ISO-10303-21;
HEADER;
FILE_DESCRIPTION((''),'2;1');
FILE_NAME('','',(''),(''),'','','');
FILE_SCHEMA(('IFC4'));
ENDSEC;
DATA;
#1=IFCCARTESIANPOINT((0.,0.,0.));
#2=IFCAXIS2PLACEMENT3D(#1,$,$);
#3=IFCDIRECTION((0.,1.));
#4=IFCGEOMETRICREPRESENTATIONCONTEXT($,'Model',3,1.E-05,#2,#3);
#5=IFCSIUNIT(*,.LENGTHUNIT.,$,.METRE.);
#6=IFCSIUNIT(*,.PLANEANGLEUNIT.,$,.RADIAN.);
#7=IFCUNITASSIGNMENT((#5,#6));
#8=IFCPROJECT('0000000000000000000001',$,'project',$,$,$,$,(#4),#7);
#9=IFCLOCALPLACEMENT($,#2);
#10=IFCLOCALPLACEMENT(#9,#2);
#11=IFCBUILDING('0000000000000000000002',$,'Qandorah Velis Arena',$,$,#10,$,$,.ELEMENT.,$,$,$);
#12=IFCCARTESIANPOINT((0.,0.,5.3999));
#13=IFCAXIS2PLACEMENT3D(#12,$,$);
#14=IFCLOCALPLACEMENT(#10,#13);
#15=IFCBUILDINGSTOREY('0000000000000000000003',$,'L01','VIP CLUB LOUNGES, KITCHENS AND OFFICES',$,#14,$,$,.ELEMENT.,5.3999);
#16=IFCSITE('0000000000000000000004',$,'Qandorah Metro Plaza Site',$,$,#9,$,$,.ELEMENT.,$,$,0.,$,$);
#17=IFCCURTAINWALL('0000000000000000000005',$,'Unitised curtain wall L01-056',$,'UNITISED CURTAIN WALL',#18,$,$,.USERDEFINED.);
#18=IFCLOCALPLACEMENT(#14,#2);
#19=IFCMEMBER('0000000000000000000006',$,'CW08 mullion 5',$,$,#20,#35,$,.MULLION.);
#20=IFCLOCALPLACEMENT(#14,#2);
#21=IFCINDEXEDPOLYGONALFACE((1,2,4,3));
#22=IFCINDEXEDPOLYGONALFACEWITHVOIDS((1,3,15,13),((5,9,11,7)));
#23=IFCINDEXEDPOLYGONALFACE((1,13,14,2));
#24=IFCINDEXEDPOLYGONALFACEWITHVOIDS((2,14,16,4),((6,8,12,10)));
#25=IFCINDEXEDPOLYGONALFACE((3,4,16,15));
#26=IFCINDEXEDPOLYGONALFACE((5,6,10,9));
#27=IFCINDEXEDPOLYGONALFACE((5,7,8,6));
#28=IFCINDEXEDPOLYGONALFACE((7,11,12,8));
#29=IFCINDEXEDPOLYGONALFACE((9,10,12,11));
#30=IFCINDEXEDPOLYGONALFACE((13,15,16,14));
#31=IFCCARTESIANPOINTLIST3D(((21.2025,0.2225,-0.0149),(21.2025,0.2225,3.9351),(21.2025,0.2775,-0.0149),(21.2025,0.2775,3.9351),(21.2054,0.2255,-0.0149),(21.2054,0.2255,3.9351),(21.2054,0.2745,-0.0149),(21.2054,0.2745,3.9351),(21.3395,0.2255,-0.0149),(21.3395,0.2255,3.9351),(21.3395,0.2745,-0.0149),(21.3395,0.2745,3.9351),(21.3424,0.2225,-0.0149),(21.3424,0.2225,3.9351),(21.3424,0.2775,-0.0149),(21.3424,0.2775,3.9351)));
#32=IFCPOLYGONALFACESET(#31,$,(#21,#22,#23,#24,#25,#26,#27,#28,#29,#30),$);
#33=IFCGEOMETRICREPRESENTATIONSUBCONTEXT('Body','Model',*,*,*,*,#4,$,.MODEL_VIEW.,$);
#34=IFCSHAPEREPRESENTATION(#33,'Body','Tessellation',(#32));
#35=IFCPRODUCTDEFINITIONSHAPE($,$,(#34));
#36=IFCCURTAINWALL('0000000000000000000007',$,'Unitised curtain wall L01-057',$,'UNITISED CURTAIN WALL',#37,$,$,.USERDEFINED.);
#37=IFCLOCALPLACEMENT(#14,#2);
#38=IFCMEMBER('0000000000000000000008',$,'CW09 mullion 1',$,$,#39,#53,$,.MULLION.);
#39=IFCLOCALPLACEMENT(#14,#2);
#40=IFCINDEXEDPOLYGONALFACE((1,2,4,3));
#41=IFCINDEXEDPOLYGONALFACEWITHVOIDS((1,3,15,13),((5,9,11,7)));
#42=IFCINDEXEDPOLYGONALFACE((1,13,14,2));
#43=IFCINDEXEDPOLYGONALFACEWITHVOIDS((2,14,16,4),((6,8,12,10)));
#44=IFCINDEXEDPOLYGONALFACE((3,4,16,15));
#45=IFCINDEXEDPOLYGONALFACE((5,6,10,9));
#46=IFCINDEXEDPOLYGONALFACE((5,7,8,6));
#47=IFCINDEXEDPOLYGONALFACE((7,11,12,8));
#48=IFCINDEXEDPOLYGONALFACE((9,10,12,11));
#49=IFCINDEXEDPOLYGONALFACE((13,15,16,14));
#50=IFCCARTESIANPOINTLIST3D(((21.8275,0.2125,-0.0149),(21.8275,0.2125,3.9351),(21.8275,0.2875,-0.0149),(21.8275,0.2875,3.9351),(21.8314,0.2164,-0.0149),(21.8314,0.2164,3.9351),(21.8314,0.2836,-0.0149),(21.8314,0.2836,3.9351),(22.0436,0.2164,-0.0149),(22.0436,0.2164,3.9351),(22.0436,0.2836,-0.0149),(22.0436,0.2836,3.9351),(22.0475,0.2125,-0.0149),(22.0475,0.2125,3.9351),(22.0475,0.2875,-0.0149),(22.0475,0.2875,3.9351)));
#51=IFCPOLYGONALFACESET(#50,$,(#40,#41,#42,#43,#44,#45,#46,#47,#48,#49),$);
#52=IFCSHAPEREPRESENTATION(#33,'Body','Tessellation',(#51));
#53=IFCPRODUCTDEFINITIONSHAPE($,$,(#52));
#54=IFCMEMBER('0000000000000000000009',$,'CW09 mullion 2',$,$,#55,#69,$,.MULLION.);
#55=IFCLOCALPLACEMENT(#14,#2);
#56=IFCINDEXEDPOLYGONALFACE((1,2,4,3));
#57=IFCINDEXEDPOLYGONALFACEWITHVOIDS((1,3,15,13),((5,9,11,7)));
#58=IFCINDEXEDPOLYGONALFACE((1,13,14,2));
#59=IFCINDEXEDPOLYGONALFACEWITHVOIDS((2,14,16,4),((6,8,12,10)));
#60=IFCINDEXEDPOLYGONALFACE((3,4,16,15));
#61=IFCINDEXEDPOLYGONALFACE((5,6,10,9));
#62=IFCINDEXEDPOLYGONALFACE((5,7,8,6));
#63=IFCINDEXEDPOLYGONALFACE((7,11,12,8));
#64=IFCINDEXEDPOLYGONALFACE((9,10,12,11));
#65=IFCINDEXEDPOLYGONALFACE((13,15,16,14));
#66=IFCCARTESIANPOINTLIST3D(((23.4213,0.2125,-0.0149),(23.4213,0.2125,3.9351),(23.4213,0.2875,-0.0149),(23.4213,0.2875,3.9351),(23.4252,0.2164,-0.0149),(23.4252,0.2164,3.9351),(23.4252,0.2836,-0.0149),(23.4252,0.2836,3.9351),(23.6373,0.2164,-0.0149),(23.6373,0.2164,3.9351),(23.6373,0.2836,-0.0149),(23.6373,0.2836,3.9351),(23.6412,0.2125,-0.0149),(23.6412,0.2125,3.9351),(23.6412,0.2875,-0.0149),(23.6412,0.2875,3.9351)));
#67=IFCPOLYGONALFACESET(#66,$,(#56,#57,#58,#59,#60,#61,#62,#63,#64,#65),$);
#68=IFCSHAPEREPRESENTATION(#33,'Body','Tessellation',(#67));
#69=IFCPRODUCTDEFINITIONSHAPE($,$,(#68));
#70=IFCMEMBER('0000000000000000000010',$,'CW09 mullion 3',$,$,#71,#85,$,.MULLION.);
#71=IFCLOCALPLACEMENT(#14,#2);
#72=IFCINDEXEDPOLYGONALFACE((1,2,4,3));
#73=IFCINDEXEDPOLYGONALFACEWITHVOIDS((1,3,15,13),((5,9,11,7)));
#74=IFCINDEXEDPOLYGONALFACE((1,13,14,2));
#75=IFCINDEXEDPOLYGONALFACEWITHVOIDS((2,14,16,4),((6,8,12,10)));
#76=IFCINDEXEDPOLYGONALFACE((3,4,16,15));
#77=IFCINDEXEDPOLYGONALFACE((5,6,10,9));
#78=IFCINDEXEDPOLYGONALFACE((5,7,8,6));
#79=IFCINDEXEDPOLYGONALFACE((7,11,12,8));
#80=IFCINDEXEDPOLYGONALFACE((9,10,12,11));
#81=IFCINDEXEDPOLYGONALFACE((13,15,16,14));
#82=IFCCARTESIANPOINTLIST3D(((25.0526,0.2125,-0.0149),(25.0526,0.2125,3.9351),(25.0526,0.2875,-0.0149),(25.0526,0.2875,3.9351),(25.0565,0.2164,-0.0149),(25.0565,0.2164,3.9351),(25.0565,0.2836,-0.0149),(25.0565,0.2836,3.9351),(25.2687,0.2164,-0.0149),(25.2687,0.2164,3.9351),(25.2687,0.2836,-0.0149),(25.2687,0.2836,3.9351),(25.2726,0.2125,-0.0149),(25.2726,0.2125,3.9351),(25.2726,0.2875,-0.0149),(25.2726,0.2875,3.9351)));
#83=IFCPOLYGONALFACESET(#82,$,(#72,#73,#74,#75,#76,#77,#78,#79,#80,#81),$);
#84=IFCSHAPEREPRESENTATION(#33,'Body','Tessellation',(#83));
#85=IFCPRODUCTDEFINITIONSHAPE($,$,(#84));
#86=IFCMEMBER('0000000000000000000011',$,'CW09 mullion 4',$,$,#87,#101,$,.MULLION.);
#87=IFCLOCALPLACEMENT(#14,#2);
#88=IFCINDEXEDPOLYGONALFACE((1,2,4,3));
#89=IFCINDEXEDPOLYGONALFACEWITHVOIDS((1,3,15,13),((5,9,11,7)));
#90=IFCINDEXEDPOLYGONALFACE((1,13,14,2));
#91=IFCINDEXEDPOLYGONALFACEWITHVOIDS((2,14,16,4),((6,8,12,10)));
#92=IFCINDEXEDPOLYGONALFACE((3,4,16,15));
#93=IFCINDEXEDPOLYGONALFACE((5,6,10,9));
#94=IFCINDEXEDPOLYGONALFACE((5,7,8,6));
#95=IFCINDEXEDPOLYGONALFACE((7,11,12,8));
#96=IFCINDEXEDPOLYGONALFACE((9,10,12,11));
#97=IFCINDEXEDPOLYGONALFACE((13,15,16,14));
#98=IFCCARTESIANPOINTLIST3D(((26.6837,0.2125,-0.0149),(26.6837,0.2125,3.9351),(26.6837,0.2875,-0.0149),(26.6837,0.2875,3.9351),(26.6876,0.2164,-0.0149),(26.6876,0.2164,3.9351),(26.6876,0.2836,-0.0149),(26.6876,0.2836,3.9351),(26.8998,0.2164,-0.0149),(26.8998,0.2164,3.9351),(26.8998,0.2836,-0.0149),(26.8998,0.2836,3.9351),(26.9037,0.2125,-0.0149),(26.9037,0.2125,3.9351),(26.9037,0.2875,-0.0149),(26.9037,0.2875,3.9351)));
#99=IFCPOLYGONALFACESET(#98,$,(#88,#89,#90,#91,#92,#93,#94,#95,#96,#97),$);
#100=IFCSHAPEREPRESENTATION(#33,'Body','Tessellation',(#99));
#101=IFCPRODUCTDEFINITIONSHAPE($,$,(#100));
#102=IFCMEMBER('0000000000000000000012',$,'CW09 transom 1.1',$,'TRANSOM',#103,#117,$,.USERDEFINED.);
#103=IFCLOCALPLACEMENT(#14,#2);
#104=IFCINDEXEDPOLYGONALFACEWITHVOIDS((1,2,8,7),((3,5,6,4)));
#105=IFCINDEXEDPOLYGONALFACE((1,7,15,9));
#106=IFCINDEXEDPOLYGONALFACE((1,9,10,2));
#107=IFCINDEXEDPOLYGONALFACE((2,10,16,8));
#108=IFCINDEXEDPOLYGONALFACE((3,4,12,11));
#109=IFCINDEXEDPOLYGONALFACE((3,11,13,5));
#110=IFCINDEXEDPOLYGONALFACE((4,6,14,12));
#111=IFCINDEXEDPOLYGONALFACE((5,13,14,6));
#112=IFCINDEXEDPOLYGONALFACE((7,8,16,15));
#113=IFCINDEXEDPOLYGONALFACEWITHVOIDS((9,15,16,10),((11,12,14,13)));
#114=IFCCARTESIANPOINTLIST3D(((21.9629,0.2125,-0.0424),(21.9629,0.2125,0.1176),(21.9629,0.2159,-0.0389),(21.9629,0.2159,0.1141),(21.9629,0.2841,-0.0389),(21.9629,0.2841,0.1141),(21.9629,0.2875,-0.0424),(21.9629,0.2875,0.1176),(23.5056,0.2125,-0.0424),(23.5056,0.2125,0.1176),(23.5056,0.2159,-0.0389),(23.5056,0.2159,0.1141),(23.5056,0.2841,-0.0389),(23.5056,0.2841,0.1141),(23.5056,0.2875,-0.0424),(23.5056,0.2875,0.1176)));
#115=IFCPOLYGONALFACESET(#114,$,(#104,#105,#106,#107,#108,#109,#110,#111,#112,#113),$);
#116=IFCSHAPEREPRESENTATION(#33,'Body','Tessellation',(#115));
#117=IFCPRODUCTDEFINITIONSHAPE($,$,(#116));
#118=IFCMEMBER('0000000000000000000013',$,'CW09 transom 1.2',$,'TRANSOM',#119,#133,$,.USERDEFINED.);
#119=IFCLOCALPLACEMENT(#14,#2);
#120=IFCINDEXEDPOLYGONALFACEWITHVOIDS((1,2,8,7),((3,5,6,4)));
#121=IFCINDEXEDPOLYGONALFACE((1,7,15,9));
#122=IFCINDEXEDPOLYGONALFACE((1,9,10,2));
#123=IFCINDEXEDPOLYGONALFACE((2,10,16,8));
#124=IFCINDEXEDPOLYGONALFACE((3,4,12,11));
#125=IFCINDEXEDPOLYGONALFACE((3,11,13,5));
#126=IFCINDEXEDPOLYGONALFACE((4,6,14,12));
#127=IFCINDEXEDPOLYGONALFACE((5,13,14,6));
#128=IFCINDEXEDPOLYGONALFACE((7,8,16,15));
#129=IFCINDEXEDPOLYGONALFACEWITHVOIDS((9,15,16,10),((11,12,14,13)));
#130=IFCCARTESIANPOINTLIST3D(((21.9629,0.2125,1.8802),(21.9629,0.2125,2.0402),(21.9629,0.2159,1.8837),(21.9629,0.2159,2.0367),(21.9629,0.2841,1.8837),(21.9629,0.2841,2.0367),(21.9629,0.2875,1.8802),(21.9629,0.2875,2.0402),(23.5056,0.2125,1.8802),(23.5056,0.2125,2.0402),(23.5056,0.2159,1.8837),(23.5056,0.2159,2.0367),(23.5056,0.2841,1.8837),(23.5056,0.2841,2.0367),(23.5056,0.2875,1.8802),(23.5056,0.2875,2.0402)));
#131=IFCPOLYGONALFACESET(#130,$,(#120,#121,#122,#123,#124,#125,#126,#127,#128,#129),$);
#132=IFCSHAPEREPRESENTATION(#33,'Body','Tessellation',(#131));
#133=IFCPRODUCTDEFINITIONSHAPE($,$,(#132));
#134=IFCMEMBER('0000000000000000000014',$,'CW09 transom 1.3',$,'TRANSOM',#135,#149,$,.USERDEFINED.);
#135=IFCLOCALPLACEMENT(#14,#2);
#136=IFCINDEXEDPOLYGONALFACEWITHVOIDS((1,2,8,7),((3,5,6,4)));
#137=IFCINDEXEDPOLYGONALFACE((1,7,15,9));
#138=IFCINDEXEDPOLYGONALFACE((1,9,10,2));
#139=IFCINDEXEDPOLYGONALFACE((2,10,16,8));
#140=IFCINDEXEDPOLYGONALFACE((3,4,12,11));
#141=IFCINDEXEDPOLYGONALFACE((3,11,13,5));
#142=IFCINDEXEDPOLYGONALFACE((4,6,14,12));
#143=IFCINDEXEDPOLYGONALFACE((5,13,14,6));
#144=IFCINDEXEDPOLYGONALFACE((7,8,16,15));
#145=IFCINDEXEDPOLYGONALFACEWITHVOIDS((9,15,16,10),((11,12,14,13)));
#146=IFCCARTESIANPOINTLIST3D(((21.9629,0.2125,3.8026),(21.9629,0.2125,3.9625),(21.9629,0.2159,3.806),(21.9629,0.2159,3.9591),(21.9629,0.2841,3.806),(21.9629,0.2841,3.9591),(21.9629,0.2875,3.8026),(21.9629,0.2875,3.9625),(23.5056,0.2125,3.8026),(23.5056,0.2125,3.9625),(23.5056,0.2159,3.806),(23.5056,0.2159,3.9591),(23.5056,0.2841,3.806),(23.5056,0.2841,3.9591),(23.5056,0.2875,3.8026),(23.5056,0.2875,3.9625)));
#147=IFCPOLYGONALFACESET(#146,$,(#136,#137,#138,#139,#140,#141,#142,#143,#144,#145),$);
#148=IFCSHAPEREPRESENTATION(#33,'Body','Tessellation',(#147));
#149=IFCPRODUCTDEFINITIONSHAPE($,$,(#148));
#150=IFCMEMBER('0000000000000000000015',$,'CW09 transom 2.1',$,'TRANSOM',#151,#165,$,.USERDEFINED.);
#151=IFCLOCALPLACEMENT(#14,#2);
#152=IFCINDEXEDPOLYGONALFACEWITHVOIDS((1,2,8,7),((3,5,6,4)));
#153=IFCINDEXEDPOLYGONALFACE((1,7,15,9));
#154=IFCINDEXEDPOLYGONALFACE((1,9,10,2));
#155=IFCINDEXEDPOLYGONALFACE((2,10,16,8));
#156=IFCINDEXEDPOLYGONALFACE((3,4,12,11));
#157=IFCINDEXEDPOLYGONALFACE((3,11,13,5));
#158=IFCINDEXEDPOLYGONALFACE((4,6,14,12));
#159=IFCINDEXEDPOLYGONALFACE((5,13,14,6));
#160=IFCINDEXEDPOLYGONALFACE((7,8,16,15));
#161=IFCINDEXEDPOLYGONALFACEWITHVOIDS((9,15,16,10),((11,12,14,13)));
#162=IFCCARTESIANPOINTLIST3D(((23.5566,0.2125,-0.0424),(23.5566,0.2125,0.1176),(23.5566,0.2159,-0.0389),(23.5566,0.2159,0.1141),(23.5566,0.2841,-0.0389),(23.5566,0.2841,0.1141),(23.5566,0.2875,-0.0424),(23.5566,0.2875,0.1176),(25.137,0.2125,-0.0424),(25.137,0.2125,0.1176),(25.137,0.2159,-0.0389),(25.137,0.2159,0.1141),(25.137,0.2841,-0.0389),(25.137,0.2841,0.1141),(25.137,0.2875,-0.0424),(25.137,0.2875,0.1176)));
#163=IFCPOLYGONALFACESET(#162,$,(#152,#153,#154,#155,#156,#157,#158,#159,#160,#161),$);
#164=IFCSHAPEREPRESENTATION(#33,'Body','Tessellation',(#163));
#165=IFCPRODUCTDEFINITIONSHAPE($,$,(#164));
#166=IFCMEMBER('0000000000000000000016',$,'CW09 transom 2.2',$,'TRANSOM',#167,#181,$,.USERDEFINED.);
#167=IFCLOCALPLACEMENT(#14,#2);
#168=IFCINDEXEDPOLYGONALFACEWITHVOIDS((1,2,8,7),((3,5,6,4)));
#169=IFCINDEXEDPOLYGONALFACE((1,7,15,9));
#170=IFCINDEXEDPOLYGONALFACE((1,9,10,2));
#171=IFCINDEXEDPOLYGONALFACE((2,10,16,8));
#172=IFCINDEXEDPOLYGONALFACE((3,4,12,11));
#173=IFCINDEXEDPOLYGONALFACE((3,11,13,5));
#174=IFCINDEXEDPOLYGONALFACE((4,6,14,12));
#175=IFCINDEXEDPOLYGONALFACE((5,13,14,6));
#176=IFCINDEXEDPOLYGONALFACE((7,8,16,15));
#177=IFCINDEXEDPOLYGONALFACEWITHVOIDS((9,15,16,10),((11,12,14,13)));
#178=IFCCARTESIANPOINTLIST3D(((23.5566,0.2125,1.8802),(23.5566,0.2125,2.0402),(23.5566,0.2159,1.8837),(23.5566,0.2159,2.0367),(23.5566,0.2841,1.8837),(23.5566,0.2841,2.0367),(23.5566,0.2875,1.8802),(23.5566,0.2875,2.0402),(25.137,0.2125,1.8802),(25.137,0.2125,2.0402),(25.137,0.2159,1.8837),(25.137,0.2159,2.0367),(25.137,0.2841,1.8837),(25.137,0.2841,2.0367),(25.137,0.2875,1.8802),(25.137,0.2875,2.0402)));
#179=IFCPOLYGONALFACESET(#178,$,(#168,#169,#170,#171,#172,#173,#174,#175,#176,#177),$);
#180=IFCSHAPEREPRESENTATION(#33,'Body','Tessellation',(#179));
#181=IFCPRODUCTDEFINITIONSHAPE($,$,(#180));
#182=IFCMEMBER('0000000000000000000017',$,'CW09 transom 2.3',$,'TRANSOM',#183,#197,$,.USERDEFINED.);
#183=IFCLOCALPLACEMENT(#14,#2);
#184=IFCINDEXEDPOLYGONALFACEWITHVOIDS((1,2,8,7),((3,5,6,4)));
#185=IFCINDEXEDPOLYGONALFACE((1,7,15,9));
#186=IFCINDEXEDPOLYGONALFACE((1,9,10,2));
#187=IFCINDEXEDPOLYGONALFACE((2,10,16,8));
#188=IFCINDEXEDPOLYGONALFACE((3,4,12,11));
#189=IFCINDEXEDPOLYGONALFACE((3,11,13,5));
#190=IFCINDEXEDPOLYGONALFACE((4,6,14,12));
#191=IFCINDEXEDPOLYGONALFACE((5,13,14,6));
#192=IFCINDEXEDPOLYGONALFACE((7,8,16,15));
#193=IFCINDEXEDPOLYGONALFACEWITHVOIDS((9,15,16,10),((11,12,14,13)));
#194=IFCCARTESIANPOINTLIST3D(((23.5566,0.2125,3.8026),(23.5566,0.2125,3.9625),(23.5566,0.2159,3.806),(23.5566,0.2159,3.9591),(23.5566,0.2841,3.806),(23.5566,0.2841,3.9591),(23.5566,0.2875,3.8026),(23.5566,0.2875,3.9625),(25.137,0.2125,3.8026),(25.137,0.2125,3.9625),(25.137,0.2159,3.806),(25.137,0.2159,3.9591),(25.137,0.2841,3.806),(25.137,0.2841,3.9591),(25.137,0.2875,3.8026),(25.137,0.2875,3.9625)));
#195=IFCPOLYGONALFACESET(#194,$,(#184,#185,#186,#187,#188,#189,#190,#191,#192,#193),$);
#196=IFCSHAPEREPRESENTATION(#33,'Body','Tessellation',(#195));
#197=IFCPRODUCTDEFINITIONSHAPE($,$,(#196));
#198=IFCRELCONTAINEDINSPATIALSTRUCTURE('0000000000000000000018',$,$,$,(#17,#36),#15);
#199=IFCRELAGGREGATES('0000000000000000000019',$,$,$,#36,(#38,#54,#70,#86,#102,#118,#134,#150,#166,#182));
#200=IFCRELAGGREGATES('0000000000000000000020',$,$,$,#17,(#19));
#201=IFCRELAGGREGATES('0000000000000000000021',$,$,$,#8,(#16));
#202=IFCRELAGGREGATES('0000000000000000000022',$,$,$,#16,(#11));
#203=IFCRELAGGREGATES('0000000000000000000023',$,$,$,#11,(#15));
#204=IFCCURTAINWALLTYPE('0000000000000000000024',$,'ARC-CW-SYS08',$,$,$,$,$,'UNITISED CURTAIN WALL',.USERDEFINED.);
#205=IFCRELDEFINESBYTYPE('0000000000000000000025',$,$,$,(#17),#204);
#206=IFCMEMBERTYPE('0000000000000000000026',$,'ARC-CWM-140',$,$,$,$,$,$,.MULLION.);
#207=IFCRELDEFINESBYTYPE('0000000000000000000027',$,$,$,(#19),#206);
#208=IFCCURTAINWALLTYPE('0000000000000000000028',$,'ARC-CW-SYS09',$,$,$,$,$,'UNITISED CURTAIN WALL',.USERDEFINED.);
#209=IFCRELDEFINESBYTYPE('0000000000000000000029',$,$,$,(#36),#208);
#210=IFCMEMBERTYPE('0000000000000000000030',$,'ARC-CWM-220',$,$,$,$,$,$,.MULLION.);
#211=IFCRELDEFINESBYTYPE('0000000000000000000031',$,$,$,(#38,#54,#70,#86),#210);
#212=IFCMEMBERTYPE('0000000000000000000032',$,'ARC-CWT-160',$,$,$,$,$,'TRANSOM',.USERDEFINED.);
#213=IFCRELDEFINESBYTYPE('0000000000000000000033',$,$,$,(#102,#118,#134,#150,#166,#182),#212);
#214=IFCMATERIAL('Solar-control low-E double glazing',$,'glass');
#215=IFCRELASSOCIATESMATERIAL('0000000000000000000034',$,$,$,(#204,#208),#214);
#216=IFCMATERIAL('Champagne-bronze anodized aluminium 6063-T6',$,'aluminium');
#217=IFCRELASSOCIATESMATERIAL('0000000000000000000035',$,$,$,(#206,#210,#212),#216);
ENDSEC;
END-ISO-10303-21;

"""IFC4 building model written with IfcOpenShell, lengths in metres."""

from ifc_helpers import new_model, si_unit, direction, frame, origin, origin_2d, place, context, subcontext, project, spatial, hollow_rectangle, extrude, material, material_profile, profile_set, type_object, element, aggregate, save


model = new_model("IFC4")

# Units and contexts
model_context = context("Model", 3, precision=1e-05, world=origin(), true_north=direction((0.0, 1.0)))
body_context = subcontext(model_context, "Body", "Model", "MODEL_VIEW")
ifc_project = project(units=[si_unit("LENGTHUNIT", "METRE"), si_unit("PLANEANGLEUNIT", "RADIAN")], contexts=[model_context])

# Site, building, storey
site_placement = place(None, origin())
site = spatial("IfcSite", under=ifc_project, at=site_placement, Name="Qandorah Metro Plaza Site", CompositionType="ELEMENT", RefElevation=0.0)
building_placement = place(site_placement, origin())
building = spatial("IfcBuilding", under=site, at=building_placement, Name="Qandorah Velis Arena", CompositionType="ELEMENT")
storey_placement = place(building_placement, frame((0.0, 0.0, 5.3999)))
storey = spatial("IfcBuildingStorey", under=building, at=storey_placement, Name="L01", Description="VIP CLUB LOUNGES, KITCHENS AND OFFICES", CompositionType="ELEMENT", Elevation=5.3999)

# Curtain wall, member
ifc_material_1 = material(Name="Solar-control low-E double glazing", Category="glass")
curtain_wall_type_1 = type_object("IfcCurtainWallType", Name="ARC-CW-SYS08", ElementType="UNITISED CURTAIN WALL", PredefinedType="USERDEFINED", material=ifc_material_1)
curtain_wall_1_placement = place(storey_placement, origin())
curtain_wall_1 = element("IfcCurtainWall", 1, at=curtain_wall_1_placement, inside=storey, type_object=curtain_wall_type_1, Name="Unitised curtain wall L01-056", ObjectType="UNITISED CURTAIN WALL", PredefinedType="USERDEFINED")
ifc_material_2 = material(Name="Champagne-bronze anodized aluminium 6063-T6", Category="aluminium")
ifc_material_profile_1 = material_profile(ifc_material_2, hollow_rectangle(XDim=0.0549, YDim=0.1399, WallThickness=0.0029, at=origin_2d()), Name="ALU MULLION 55x140")
ifc_profile_set_1 = profile_set([ifc_material_profile_1], Name="Champagne-bronze anodized aluminium 6063-T6")
member_type_1 = type_object("IfcMemberType", Name="ARC-CWM-140", PredefinedType="MULLION", material=ifc_profile_set_1)
member_1_placement = place(storey_placement, frame((21.2725, 0.25, -0.0149), z_axis=(0.0, 0.0, 1.0), x_axis=(0.0, 1.0, 0.0)))
member_1 = element("IfcMember", 2, at=member_1_placement, type_object=member_type_1, Name="CW08 mullion 5", PredefinedType="MULLION", context=body_context, shape_type="SweptSolid", body=[
    extrude(hollow_rectangle(XDim=0.0549, YDim=0.1399, WallThickness=0.0029, at=origin_2d()), origin(), (0.0, 0.0, 1.0), 3.95),
])

# Curtain wall, members
curtain_wall_type_2 = type_object("IfcCurtainWallType", Name="ARC-CW-SYS09", ElementType="UNITISED CURTAIN WALL", PredefinedType="USERDEFINED", material=ifc_material_1)
curtain_wall_2_placement = place(storey_placement, origin())
curtain_wall_2 = element("IfcCurtainWall", 3, at=curtain_wall_2_placement, inside=storey, type_object=curtain_wall_type_2, Name="Unitised curtain wall L01-057", ObjectType="UNITISED CURTAIN WALL", PredefinedType="USERDEFINED")
ifc_material_profile_2 = material_profile(ifc_material_2, hollow_rectangle(XDim=0.075, YDim=0.22, WallThickness=0.0039, at=origin_2d()), Name="ALU MULLION 75x220")
ifc_profile_set_2 = profile_set([ifc_material_profile_2], Name="Champagne-bronze anodized aluminium 6063-T6")
member_type_2 = type_object("IfcMemberType", Name="ARC-CWM-220", PredefinedType="MULLION", material=ifc_profile_set_2)
member_2_placement = place(storey_placement, frame((21.9375, 0.25, -0.0149), z_axis=(0.0, 0.0, 1.0), x_axis=(0.0, 1.0, 0.0)))
member_2 = element("IfcMember", 4, at=member_2_placement, type_object=member_type_2, Name="CW09 mullion 1", PredefinedType="MULLION", context=body_context, shape_type="SweptSolid", body=[
    extrude(hollow_rectangle(XDim=0.075, YDim=0.22, WallThickness=0.0039, at=origin_2d()), origin(), (0.0, 0.0, 1.0), 3.95),
])
member_3_placement = place(storey_placement, frame((23.5312, 0.25, -0.0149), z_axis=(0.0, 0.0, 1.0), x_axis=(0.0, 1.0, 0.0)))
member_3 = element("IfcMember", 5, at=member_3_placement, type_object=member_type_2, Name="CW09 mullion 2", PredefinedType="MULLION", context=body_context, shape_type="SweptSolid", body=[
    extrude(hollow_rectangle(XDim=0.075, YDim=0.22, WallThickness=0.0039, at=origin_2d()), origin(), (0.0, 0.0, 1.0), 3.95),
])
member_4_placement = place(storey_placement, frame((25.1626, 0.25, -0.0149), z_axis=(0.0, 0.0, 1.0), x_axis=(0.0, 1.0, 0.0)))
member_4 = element("IfcMember", 6, at=member_4_placement, type_object=member_type_2, Name="CW09 mullion 3", PredefinedType="MULLION", context=body_context, shape_type="SweptSolid", body=[
    extrude(hollow_rectangle(XDim=0.075, YDim=0.22, WallThickness=0.0039, at=origin_2d()), origin(), (0.0, 0.0, 1.0), 3.95),
])
member_5_placement = place(storey_placement, frame((26.7937, 0.25, -0.0149), z_axis=(0.0, 0.0, 1.0), x_axis=(0.0, 1.0, 0.0)))
member_5 = element("IfcMember", 7, at=member_5_placement, type_object=member_type_2, Name="CW09 mullion 4", PredefinedType="MULLION", context=body_context, shape_type="SweptSolid", body=[
    extrude(hollow_rectangle(XDim=0.075, YDim=0.22, WallThickness=0.0039, at=origin_2d()), origin(), (0.0, 0.0, 1.0), 3.95),
])
ifc_material_profile_3 = material_profile(ifc_material_2, hollow_rectangle(XDim=0.075, YDim=0.1599, WallThickness=0.0034, at=origin_2d()), Name="ALU TRANSOM 75x160")
ifc_profile_set_3 = profile_set([ifc_material_profile_3], Name="Champagne-bronze anodized aluminium 6063-T6")
member_type_3 = type_object("IfcMemberType", Name="ARC-CWT-160", ElementType="TRANSOM", PredefinedType="USERDEFINED", material=ifc_profile_set_3)
member_6_placement = place(storey_placement, frame((21.9629, 0.25, 0.0376), z_axis=(1.0, 0.0, 0.0), x_axis=(0.0, 1.0, 0.0)))
member_6 = element("IfcMember", 8, at=member_6_placement, type_object=member_type_3, Name="CW09 transom 1.1", ObjectType="TRANSOM", PredefinedType="USERDEFINED", context=body_context, shape_type="SweptSolid", body=[
    extrude(hollow_rectangle(XDim=0.075, YDim=0.1599, WallThickness=0.0034, at=origin_2d()), origin(), (0.0, 0.0, 1.0), 1.5427),
])
member_7_placement = place(storey_placement, frame((21.9629, 0.25, 1.9602), z_axis=(1.0, 0.0, 0.0), x_axis=(0.0, 1.0, 0.0)))
member_7 = element("IfcMember", 9, at=member_7_placement, type_object=member_type_3, Name="CW09 transom 1.2", ObjectType="TRANSOM", PredefinedType="USERDEFINED", context=body_context, shape_type="SweptSolid", body=[
    extrude(hollow_rectangle(XDim=0.075, YDim=0.1599, WallThickness=0.0034, at=origin_2d()), origin(), (0.0, 0.0, 1.0), 1.5427),
])
member_8_placement = place(storey_placement, frame((21.9629, 0.25, 3.8826), z_axis=(1.0, 0.0, 0.0), x_axis=(0.0, 1.0, 0.0)))
member_8 = element("IfcMember", 10, at=member_8_placement, type_object=member_type_3, Name="CW09 transom 1.3", ObjectType="TRANSOM", PredefinedType="USERDEFINED", context=body_context, shape_type="SweptSolid", body=[
    extrude(hollow_rectangle(XDim=0.075, YDim=0.1599, WallThickness=0.0034, at=origin_2d()), origin(), (0.0, 0.0, 1.0), 1.5427),
])
member_9_placement = place(storey_placement, frame((23.5566, 0.25, 0.0376), z_axis=(1.0, 0.0, 0.0), x_axis=(0.0, 1.0, 0.0)))
member_9 = element("IfcMember", 11, at=member_9_placement, type_object=member_type_3, Name="CW09 transom 2.1", ObjectType="TRANSOM", PredefinedType="USERDEFINED", context=body_context, shape_type="SweptSolid", body=[
    extrude(hollow_rectangle(XDim=0.075, YDim=0.1599, WallThickness=0.0034, at=origin_2d()), origin(), (0.0, 0.0, 1.0), 1.5803),
])
member_10_placement = place(storey_placement, frame((23.5566, 0.25, 1.9602), z_axis=(1.0, 0.0, 0.0), x_axis=(0.0, 1.0, 0.0)))
member_10 = element("IfcMember", 12, at=member_10_placement, type_object=member_type_3, Name="CW09 transom 2.2", ObjectType="TRANSOM", PredefinedType="USERDEFINED", context=body_context, shape_type="SweptSolid", body=[
    extrude(hollow_rectangle(XDim=0.075, YDim=0.1599, WallThickness=0.0034, at=origin_2d()), origin(), (0.0, 0.0, 1.0), 1.5803),
])
member_11_placement = place(storey_placement, frame((23.5566, 0.25, 3.8826), z_axis=(1.0, 0.0, 0.0), x_axis=(0.0, 1.0, 0.0)))
member_11 = element("IfcMember", 13, at=member_11_placement, type_object=member_type_3, Name="CW09 transom 2.3", ObjectType="TRANSOM", PredefinedType="USERDEFINED", context=body_context, shape_type="SweptSolid", body=[
    extrude(hollow_rectangle(XDim=0.075, YDim=0.1599, WallThickness=0.0034, at=origin_2d()), origin(), (0.0, 0.0, 1.0), 1.5803),
])
aggregate(curtain_wall_2, [member_2, member_3, member_4, member_5, member_6, member_7, member_8, member_9, member_10, member_11])

aggregate(curtain_wall_1, [member_1])

save(model, "model.ifc")
